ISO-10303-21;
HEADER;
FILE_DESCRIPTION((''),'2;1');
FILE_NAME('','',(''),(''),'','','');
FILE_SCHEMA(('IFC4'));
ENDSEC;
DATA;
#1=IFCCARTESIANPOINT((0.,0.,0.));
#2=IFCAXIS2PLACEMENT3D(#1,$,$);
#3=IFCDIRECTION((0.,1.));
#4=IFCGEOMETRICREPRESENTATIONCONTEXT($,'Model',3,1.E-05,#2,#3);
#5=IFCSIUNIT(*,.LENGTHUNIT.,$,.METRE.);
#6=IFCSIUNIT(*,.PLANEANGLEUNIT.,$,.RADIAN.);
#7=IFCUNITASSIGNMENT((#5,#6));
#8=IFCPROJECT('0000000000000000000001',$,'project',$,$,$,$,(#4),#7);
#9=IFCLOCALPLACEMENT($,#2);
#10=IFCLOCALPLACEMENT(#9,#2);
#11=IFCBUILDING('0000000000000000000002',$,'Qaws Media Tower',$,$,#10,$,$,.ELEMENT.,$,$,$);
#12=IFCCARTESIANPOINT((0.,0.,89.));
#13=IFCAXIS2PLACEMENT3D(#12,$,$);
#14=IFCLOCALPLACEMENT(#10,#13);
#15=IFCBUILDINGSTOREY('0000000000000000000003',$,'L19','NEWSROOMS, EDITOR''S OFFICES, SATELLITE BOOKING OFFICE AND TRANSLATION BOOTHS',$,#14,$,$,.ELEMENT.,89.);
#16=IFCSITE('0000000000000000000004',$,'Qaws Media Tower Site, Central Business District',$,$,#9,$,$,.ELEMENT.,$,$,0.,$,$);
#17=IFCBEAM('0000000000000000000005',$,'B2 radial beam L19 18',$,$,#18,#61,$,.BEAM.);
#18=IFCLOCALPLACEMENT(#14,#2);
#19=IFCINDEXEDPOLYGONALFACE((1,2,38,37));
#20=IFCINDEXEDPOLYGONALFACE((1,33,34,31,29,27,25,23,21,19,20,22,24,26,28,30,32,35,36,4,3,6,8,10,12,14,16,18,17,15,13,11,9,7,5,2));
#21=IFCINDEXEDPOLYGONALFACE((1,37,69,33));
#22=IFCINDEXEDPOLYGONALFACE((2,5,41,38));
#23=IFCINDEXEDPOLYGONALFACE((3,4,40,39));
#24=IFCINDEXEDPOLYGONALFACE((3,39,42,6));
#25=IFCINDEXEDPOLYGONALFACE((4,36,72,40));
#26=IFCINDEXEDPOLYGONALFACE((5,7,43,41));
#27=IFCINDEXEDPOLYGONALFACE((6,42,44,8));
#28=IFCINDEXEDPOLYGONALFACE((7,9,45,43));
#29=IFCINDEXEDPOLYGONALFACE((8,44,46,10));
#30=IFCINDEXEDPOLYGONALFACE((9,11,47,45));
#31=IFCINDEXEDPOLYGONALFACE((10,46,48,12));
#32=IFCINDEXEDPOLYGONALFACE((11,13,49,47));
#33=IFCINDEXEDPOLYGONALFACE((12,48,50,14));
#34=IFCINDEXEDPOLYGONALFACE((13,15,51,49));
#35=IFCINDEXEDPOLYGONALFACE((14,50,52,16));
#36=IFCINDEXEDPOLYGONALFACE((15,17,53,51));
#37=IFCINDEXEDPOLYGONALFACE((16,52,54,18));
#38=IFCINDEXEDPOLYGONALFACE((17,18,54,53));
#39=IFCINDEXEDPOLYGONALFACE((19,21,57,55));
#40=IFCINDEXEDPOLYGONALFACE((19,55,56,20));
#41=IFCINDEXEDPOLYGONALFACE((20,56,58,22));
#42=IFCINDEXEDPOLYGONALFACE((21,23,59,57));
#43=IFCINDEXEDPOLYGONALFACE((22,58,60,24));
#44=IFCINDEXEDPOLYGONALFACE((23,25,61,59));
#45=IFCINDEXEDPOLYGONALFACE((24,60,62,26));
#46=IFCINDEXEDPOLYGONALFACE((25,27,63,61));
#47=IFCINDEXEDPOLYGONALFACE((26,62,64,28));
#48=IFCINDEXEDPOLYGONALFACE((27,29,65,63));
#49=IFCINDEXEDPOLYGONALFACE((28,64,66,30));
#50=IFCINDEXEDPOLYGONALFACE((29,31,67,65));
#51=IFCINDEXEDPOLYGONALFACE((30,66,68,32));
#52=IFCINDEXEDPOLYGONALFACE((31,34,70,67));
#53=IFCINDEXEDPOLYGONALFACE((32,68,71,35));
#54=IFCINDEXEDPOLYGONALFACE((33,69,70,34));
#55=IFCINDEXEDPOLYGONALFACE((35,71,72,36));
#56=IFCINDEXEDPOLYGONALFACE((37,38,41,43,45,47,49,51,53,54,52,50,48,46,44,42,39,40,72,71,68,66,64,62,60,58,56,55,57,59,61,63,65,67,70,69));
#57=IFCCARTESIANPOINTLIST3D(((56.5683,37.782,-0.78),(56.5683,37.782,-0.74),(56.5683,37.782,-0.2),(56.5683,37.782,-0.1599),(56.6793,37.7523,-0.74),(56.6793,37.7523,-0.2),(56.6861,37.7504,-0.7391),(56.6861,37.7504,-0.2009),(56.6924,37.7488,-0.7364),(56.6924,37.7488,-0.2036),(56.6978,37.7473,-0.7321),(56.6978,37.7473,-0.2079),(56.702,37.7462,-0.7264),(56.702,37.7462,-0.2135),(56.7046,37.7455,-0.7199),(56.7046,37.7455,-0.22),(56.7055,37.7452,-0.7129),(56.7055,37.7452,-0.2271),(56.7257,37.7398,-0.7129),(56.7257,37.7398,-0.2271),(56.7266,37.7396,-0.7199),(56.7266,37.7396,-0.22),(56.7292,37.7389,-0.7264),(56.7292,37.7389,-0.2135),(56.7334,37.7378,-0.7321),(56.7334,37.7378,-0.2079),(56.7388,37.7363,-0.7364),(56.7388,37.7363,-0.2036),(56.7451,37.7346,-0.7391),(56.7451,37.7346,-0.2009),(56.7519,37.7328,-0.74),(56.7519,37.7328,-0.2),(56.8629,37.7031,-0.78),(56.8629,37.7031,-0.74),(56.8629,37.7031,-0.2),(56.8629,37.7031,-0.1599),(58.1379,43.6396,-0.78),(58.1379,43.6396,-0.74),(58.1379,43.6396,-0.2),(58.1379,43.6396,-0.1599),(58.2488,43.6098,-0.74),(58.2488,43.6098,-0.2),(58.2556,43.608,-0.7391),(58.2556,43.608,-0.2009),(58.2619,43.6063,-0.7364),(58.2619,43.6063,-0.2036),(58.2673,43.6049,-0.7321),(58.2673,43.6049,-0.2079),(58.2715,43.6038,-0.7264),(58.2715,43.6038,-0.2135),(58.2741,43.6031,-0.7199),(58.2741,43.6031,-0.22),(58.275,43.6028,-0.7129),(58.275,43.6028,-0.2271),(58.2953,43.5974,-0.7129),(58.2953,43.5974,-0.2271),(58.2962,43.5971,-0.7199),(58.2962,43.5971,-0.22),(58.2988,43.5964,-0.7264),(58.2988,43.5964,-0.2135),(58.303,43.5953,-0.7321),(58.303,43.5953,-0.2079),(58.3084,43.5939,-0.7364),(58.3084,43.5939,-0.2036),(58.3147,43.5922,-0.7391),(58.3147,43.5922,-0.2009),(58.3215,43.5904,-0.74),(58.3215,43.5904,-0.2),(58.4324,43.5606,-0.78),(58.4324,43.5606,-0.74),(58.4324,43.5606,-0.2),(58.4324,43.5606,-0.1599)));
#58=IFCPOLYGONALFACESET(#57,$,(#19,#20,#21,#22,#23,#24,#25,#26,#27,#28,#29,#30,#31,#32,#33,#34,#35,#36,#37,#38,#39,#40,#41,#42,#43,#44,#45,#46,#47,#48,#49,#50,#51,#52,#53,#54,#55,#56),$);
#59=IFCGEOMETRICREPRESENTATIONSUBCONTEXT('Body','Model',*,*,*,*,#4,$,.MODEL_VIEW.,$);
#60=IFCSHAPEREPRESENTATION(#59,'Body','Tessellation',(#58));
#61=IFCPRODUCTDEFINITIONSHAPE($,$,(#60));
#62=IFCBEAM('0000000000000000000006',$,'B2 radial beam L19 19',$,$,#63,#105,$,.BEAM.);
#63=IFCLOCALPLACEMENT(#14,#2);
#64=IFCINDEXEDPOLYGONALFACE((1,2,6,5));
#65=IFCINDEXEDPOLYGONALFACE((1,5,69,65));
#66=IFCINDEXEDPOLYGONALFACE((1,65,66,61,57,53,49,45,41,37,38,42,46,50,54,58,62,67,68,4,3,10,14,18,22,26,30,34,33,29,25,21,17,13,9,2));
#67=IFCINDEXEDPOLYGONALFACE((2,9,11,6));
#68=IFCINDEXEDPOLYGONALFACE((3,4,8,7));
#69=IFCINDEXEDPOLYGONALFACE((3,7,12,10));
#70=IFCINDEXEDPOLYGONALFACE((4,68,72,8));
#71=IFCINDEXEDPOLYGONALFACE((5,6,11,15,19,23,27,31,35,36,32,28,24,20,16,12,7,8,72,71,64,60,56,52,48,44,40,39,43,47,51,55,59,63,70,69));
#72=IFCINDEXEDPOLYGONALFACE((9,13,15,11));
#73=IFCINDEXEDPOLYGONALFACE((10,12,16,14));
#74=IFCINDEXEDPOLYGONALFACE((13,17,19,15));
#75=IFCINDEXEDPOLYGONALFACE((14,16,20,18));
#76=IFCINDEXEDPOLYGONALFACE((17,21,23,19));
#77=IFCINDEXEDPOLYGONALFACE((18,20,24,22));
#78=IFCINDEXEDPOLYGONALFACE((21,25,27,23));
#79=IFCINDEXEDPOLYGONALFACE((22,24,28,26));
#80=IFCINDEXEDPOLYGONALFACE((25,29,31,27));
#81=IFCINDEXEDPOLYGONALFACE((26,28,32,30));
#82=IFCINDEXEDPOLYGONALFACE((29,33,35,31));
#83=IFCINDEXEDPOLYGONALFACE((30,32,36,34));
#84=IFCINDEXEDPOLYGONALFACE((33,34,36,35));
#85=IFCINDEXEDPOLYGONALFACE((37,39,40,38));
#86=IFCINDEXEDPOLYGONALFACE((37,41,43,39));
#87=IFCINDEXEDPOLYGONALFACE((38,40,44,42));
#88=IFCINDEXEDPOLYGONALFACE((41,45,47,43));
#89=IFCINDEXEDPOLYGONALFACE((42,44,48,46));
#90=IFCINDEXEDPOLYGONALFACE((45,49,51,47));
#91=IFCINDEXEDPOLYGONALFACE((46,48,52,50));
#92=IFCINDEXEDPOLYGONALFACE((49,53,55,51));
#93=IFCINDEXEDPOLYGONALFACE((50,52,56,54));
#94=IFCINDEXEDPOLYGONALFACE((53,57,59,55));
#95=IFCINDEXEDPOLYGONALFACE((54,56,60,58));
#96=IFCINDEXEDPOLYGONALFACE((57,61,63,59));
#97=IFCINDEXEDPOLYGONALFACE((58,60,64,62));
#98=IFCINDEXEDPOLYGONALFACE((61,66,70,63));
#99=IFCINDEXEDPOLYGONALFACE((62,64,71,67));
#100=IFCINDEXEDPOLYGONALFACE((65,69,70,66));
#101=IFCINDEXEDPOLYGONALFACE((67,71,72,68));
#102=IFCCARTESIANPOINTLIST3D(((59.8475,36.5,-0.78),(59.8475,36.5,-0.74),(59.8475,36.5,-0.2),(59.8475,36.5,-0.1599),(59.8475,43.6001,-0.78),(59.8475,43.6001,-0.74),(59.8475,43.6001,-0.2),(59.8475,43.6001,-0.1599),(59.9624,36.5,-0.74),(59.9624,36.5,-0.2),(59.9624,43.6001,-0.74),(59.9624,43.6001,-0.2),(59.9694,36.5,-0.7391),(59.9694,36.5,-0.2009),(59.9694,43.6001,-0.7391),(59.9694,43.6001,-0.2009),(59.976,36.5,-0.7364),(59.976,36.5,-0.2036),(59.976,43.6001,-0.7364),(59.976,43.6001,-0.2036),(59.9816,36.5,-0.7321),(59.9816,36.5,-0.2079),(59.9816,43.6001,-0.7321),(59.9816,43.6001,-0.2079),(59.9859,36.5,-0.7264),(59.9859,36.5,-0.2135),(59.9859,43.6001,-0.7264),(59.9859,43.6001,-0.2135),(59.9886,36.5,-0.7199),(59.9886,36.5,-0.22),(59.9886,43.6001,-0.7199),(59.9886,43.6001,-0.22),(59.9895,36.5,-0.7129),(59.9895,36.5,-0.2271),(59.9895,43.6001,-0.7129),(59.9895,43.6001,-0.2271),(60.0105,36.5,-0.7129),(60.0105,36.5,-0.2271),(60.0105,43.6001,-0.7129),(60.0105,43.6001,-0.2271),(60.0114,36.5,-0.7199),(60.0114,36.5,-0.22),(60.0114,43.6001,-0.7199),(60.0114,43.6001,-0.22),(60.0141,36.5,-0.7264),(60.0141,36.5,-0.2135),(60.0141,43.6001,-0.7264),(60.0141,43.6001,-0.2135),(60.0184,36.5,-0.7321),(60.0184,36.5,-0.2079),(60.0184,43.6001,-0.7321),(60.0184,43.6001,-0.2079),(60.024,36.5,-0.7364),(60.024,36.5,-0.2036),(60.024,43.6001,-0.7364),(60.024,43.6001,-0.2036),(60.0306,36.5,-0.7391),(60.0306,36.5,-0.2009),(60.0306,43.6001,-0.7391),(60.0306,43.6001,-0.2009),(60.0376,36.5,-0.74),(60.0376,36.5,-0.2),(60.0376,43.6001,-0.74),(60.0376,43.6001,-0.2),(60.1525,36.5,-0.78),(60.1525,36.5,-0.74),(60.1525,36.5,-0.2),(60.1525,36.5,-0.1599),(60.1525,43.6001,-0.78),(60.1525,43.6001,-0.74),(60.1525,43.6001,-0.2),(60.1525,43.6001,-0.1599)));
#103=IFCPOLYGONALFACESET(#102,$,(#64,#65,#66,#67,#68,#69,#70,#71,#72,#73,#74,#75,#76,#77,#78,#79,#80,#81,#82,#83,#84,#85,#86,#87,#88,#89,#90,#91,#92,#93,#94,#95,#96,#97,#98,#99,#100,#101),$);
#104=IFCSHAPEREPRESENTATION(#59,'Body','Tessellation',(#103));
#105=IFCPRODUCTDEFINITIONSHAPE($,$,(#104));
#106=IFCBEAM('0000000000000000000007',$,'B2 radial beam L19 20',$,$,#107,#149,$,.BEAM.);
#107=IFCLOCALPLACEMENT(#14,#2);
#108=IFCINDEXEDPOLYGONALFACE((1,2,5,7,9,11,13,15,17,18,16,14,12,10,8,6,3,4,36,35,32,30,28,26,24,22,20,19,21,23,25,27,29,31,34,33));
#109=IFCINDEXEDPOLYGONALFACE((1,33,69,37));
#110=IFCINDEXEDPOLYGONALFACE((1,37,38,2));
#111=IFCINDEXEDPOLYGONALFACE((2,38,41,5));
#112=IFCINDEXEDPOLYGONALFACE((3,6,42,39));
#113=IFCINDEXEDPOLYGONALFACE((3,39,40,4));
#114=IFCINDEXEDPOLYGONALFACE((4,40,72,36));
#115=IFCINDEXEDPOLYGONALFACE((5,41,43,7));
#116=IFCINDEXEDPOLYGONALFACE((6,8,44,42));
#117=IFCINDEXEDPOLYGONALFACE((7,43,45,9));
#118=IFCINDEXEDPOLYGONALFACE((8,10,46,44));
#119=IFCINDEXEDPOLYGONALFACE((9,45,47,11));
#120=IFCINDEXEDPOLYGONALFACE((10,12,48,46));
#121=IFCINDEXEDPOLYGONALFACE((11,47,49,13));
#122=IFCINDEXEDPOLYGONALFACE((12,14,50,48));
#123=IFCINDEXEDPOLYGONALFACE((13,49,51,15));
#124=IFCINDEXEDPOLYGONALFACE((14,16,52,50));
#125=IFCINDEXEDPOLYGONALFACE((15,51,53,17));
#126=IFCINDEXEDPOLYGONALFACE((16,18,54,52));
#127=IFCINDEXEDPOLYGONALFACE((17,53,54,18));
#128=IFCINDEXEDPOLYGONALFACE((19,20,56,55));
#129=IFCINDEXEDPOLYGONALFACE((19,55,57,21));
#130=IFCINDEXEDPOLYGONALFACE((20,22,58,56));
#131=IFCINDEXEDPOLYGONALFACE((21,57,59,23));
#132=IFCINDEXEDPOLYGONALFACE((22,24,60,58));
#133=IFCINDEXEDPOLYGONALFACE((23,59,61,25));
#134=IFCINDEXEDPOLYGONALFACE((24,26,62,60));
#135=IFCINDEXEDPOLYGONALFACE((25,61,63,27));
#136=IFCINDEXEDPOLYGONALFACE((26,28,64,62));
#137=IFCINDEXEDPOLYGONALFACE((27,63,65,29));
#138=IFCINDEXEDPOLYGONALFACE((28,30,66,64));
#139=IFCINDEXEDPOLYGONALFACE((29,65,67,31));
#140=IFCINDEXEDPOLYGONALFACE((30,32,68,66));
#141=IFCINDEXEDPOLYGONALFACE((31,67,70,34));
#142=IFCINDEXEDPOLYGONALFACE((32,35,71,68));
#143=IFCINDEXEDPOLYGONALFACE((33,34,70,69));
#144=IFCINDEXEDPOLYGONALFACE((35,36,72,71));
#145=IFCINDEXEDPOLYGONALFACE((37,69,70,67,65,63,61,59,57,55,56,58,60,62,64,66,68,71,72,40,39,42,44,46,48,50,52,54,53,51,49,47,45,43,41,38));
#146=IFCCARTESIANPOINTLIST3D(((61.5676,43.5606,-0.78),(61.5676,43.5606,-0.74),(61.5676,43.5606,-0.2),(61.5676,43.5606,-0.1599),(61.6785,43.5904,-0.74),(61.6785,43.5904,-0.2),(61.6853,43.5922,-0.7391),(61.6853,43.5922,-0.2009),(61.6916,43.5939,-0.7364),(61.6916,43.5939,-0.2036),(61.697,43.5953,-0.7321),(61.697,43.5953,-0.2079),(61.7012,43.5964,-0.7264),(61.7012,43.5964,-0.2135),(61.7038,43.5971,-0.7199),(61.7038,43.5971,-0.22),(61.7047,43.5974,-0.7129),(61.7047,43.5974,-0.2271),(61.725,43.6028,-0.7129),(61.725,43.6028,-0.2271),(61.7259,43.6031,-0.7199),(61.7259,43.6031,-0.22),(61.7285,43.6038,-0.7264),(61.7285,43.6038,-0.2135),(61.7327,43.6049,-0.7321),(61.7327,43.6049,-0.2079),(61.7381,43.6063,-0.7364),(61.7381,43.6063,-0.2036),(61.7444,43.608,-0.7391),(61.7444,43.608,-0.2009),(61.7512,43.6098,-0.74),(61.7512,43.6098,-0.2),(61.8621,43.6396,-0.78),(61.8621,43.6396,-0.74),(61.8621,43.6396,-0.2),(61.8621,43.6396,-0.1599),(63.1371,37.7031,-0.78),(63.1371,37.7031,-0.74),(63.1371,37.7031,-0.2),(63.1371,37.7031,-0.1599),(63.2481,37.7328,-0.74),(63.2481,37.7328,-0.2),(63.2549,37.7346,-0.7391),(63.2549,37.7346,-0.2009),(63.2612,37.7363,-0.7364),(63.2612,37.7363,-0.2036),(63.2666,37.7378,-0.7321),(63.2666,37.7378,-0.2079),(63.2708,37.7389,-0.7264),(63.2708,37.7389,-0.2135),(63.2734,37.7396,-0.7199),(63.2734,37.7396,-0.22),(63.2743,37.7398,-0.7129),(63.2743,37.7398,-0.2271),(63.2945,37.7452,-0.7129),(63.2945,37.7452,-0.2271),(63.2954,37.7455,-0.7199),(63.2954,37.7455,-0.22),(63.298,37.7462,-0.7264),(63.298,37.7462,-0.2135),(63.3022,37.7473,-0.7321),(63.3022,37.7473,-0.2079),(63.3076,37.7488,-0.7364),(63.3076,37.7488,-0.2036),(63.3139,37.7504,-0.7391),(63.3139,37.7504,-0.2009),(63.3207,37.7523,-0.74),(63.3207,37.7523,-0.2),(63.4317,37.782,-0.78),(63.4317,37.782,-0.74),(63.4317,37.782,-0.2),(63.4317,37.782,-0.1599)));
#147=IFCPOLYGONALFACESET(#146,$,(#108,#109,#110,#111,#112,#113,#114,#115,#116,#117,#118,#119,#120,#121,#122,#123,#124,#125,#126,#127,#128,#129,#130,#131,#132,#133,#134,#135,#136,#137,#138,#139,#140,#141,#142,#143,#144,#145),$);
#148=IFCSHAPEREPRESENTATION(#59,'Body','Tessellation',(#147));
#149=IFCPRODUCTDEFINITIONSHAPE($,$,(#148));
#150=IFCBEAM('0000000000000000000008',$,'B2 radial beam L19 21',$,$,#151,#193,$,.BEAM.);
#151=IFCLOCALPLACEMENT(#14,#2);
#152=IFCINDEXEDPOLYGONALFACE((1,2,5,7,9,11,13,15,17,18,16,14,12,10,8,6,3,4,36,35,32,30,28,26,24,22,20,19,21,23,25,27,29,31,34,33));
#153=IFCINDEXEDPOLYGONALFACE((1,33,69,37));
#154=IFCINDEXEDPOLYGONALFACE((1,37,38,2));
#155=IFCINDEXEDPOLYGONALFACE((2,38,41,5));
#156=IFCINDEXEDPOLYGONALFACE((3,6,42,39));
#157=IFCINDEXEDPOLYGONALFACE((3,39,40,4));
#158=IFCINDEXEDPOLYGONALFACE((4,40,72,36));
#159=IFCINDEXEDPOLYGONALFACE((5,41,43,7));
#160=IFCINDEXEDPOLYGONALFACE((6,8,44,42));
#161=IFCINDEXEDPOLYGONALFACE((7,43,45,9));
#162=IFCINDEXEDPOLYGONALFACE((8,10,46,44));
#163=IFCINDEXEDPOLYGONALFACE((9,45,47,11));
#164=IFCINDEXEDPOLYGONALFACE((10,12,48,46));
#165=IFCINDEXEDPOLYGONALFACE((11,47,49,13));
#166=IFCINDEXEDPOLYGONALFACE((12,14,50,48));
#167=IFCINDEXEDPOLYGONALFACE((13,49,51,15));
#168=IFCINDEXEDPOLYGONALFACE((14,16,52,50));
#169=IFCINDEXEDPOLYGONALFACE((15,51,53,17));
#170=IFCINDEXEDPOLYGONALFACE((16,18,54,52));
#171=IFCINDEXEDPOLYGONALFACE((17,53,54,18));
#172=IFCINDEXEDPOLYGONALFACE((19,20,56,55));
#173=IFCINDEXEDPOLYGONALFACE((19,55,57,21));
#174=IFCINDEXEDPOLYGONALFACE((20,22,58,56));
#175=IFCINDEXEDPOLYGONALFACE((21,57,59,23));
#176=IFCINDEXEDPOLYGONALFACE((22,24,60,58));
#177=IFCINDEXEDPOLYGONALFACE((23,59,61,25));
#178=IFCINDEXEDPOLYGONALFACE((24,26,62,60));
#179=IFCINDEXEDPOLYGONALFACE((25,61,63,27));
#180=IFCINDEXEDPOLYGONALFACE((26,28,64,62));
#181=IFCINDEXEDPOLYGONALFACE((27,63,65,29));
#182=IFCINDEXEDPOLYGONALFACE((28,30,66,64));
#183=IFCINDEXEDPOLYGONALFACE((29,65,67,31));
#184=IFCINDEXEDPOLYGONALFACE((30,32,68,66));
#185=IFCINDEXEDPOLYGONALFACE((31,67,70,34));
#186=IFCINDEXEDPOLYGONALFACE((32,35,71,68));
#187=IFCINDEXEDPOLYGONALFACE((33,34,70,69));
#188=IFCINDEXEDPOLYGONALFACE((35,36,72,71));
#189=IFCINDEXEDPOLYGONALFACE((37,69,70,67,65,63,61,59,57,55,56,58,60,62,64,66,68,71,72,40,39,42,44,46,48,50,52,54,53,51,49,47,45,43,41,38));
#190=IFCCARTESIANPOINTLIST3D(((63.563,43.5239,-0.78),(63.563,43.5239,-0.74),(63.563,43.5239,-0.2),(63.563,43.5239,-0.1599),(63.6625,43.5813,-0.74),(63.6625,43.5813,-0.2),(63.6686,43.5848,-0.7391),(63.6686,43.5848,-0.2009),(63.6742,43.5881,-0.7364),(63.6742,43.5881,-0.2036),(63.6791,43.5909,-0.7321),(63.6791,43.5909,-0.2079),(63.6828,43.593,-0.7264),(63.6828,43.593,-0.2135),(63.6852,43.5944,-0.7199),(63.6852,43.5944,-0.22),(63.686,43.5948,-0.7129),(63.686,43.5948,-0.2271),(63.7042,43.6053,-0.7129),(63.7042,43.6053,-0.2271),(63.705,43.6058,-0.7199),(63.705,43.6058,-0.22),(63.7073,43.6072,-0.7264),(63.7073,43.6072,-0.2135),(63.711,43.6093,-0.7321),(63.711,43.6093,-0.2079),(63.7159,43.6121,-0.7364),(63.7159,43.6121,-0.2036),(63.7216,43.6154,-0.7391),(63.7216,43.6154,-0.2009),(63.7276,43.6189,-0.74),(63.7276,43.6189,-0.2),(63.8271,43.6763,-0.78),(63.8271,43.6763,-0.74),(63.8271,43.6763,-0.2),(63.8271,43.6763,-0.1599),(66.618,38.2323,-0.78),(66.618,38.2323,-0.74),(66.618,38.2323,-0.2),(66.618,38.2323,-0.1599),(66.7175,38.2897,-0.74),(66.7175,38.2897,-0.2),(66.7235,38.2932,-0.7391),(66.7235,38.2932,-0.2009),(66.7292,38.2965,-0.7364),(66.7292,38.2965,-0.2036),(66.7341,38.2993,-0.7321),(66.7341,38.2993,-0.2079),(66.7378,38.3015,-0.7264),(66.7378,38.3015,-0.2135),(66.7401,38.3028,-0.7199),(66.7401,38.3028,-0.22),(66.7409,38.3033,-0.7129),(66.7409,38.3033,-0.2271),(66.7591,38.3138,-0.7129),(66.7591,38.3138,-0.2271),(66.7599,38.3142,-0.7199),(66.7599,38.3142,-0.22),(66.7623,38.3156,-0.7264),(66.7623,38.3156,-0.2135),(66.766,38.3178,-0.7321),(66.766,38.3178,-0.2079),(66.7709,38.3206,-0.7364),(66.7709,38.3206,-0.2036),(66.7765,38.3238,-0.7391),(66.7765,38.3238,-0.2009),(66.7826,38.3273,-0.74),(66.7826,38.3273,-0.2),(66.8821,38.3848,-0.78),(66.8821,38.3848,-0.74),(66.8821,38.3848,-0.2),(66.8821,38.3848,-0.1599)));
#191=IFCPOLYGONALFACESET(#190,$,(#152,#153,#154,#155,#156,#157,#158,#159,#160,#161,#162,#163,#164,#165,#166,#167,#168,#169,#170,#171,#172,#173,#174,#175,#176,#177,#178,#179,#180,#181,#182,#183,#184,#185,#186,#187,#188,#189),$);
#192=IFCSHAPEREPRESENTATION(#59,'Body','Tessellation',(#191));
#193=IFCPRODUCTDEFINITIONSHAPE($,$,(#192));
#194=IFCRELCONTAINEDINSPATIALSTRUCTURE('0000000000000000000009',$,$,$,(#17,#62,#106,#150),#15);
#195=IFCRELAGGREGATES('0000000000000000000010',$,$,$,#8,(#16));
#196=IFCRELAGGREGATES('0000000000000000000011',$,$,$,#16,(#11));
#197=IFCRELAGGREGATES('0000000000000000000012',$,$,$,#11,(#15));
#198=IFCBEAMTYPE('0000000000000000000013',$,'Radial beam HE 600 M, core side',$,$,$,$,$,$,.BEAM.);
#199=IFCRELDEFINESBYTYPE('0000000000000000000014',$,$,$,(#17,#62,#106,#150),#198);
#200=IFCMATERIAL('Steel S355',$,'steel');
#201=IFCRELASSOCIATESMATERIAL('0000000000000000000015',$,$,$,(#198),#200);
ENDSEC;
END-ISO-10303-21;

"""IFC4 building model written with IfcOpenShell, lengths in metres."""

from ifc_helpers import new_model, si_unit, direction, frame, origin, origin_2d, place, context, subcontext, project, spatial, i_section, extrude, material, material_profile, profile_set, type_object, element, save


model = new_model("IFC4")

# Units and contexts
model_context = context("Model", 3, precision=1e-05, world=origin(), true_north=direction((0.0, 1.0)))
body_context = subcontext(model_context, "Body", "Model", "MODEL_VIEW")
ifc_project = project(units=[si_unit("LENGTHUNIT", "METRE"), si_unit("PLANEANGLEUNIT", "RADIAN")], contexts=[model_context])

# Site, building, storey
site_placement = place(None, origin())
site = spatial("IfcSite", under=ifc_project, at=site_placement, Name="Qaws Media Tower Site, Central Business District", CompositionType="ELEMENT", RefElevation=0.0)
building_placement = place(site_placement, origin())
building = spatial("IfcBuilding", under=site, at=building_placement, Name="Qaws Media Tower", CompositionType="ELEMENT")
storey_placement = place(building_placement, frame((0.0, 0.0, 89.0)))
storey = spatial("IfcBuildingStorey", under=building, at=storey_placement, Name="L19", Description="NEWSROOMS, EDITOR'S OFFICES, SATELLITE BOOKING OFFICE AND TRANSLATION BOOTHS", CompositionType="ELEMENT", Elevation=89.0)

# Beams
ifc_material_1 = material(Name="Steel S355", Category="steel")
ifc_material_profile_1 = material_profile(ifc_material_1, i_section(OverallWidth=0.3049, OverallDepth=0.6201, WebThickness=0.021, FlangeThickness=0.04, FilletRadius=0.0271, at=origin_2d()), Name="HE 600 M")
ifc_profile_set_1 = profile_set([ifc_material_profile_1], Name="Steel S355")
beam_type_1 = type_object("IfcBeamType", Name="Radial beam HE 600 M, core side", PredefinedType="BEAM", material=ifc_profile_set_1)
beam_1_placement = place(storey_placement, frame((58.2852, 43.6001, -0.47), z_axis=(-0.258823, -0.965925, 0.0), x_axis=(0.965925, -0.258823, 0.0)))
element("IfcBeam", 1, at=beam_1_placement, inside=storey, type_object=beam_type_1, Name="B2 radial beam L19 18", PredefinedType="BEAM", context=body_context, shape_type="SweptSolid", body=[
    extrude(i_section(OverallWidth=0.3049, OverallDepth=0.6201, WebThickness=0.021, FlangeThickness=0.04, FilletRadius=0.0271, at=origin_2d()), origin(), (0.0, 0.0, 1.0), 6.0642),
])
beam_2_placement = place(storey_placement, frame((60.0, 43.6001, -0.47), z_axis=(0.0, -1.0, 0.0), x_axis=(1.0, 0.0, 0.0)))
element("IfcBeam", 2, at=beam_2_placement, inside=storey, type_object=beam_type_1, Name="B2 radial beam L19 19", PredefinedType="BEAM", context=body_context, shape_type="SweptSolid", body=[
    extrude(i_section(OverallWidth=0.3049, OverallDepth=0.6201, WebThickness=0.021, FlangeThickness=0.04, FilletRadius=0.0271, at=origin_2d()), origin(), (0.0, 0.0, 1.0), 7.1001),
])
beam_3_placement = place(storey_placement, frame((61.7148, 43.6001, -0.47), z_axis=(0.258823, -0.965925, 0.0), x_axis=(0.965925, 0.258823, 0.0)))
element("IfcBeam", 3, at=beam_3_placement, inside=storey, type_object=beam_type_1, Name="B2 radial beam L19 20", PredefinedType="BEAM", context=body_context, shape_type="SweptSolid", body=[
    extrude(i_section(OverallWidth=0.3049, OverallDepth=0.6201, WebThickness=0.021, FlangeThickness=0.04, FilletRadius=0.0271, at=origin_2d()), origin(), (0.0, 0.0, 1.0), 6.0642),
])
beam_4_placement = place(storey_placement, frame((63.6951, 43.6001, -0.47), z_axis=(0.499985, -0.866034, 0.0), x_axis=(0.866034, 0.499985, 0.0)))
element("IfcBeam", 4, at=beam_4_placement, inside=storey, type_object=beam_type_1, Name="B2 radial beam L19 21", PredefinedType="BEAM", context=body_context, shape_type="SweptSolid", body=[
    extrude(i_section(OverallWidth=0.3049, OverallDepth=0.6201, WebThickness=0.021, FlangeThickness=0.04, FilletRadius=0.0271, at=origin_2d()), origin(), (0.0, 0.0, 1.0), 6.1101),
])

save(model, "model.ifc")
